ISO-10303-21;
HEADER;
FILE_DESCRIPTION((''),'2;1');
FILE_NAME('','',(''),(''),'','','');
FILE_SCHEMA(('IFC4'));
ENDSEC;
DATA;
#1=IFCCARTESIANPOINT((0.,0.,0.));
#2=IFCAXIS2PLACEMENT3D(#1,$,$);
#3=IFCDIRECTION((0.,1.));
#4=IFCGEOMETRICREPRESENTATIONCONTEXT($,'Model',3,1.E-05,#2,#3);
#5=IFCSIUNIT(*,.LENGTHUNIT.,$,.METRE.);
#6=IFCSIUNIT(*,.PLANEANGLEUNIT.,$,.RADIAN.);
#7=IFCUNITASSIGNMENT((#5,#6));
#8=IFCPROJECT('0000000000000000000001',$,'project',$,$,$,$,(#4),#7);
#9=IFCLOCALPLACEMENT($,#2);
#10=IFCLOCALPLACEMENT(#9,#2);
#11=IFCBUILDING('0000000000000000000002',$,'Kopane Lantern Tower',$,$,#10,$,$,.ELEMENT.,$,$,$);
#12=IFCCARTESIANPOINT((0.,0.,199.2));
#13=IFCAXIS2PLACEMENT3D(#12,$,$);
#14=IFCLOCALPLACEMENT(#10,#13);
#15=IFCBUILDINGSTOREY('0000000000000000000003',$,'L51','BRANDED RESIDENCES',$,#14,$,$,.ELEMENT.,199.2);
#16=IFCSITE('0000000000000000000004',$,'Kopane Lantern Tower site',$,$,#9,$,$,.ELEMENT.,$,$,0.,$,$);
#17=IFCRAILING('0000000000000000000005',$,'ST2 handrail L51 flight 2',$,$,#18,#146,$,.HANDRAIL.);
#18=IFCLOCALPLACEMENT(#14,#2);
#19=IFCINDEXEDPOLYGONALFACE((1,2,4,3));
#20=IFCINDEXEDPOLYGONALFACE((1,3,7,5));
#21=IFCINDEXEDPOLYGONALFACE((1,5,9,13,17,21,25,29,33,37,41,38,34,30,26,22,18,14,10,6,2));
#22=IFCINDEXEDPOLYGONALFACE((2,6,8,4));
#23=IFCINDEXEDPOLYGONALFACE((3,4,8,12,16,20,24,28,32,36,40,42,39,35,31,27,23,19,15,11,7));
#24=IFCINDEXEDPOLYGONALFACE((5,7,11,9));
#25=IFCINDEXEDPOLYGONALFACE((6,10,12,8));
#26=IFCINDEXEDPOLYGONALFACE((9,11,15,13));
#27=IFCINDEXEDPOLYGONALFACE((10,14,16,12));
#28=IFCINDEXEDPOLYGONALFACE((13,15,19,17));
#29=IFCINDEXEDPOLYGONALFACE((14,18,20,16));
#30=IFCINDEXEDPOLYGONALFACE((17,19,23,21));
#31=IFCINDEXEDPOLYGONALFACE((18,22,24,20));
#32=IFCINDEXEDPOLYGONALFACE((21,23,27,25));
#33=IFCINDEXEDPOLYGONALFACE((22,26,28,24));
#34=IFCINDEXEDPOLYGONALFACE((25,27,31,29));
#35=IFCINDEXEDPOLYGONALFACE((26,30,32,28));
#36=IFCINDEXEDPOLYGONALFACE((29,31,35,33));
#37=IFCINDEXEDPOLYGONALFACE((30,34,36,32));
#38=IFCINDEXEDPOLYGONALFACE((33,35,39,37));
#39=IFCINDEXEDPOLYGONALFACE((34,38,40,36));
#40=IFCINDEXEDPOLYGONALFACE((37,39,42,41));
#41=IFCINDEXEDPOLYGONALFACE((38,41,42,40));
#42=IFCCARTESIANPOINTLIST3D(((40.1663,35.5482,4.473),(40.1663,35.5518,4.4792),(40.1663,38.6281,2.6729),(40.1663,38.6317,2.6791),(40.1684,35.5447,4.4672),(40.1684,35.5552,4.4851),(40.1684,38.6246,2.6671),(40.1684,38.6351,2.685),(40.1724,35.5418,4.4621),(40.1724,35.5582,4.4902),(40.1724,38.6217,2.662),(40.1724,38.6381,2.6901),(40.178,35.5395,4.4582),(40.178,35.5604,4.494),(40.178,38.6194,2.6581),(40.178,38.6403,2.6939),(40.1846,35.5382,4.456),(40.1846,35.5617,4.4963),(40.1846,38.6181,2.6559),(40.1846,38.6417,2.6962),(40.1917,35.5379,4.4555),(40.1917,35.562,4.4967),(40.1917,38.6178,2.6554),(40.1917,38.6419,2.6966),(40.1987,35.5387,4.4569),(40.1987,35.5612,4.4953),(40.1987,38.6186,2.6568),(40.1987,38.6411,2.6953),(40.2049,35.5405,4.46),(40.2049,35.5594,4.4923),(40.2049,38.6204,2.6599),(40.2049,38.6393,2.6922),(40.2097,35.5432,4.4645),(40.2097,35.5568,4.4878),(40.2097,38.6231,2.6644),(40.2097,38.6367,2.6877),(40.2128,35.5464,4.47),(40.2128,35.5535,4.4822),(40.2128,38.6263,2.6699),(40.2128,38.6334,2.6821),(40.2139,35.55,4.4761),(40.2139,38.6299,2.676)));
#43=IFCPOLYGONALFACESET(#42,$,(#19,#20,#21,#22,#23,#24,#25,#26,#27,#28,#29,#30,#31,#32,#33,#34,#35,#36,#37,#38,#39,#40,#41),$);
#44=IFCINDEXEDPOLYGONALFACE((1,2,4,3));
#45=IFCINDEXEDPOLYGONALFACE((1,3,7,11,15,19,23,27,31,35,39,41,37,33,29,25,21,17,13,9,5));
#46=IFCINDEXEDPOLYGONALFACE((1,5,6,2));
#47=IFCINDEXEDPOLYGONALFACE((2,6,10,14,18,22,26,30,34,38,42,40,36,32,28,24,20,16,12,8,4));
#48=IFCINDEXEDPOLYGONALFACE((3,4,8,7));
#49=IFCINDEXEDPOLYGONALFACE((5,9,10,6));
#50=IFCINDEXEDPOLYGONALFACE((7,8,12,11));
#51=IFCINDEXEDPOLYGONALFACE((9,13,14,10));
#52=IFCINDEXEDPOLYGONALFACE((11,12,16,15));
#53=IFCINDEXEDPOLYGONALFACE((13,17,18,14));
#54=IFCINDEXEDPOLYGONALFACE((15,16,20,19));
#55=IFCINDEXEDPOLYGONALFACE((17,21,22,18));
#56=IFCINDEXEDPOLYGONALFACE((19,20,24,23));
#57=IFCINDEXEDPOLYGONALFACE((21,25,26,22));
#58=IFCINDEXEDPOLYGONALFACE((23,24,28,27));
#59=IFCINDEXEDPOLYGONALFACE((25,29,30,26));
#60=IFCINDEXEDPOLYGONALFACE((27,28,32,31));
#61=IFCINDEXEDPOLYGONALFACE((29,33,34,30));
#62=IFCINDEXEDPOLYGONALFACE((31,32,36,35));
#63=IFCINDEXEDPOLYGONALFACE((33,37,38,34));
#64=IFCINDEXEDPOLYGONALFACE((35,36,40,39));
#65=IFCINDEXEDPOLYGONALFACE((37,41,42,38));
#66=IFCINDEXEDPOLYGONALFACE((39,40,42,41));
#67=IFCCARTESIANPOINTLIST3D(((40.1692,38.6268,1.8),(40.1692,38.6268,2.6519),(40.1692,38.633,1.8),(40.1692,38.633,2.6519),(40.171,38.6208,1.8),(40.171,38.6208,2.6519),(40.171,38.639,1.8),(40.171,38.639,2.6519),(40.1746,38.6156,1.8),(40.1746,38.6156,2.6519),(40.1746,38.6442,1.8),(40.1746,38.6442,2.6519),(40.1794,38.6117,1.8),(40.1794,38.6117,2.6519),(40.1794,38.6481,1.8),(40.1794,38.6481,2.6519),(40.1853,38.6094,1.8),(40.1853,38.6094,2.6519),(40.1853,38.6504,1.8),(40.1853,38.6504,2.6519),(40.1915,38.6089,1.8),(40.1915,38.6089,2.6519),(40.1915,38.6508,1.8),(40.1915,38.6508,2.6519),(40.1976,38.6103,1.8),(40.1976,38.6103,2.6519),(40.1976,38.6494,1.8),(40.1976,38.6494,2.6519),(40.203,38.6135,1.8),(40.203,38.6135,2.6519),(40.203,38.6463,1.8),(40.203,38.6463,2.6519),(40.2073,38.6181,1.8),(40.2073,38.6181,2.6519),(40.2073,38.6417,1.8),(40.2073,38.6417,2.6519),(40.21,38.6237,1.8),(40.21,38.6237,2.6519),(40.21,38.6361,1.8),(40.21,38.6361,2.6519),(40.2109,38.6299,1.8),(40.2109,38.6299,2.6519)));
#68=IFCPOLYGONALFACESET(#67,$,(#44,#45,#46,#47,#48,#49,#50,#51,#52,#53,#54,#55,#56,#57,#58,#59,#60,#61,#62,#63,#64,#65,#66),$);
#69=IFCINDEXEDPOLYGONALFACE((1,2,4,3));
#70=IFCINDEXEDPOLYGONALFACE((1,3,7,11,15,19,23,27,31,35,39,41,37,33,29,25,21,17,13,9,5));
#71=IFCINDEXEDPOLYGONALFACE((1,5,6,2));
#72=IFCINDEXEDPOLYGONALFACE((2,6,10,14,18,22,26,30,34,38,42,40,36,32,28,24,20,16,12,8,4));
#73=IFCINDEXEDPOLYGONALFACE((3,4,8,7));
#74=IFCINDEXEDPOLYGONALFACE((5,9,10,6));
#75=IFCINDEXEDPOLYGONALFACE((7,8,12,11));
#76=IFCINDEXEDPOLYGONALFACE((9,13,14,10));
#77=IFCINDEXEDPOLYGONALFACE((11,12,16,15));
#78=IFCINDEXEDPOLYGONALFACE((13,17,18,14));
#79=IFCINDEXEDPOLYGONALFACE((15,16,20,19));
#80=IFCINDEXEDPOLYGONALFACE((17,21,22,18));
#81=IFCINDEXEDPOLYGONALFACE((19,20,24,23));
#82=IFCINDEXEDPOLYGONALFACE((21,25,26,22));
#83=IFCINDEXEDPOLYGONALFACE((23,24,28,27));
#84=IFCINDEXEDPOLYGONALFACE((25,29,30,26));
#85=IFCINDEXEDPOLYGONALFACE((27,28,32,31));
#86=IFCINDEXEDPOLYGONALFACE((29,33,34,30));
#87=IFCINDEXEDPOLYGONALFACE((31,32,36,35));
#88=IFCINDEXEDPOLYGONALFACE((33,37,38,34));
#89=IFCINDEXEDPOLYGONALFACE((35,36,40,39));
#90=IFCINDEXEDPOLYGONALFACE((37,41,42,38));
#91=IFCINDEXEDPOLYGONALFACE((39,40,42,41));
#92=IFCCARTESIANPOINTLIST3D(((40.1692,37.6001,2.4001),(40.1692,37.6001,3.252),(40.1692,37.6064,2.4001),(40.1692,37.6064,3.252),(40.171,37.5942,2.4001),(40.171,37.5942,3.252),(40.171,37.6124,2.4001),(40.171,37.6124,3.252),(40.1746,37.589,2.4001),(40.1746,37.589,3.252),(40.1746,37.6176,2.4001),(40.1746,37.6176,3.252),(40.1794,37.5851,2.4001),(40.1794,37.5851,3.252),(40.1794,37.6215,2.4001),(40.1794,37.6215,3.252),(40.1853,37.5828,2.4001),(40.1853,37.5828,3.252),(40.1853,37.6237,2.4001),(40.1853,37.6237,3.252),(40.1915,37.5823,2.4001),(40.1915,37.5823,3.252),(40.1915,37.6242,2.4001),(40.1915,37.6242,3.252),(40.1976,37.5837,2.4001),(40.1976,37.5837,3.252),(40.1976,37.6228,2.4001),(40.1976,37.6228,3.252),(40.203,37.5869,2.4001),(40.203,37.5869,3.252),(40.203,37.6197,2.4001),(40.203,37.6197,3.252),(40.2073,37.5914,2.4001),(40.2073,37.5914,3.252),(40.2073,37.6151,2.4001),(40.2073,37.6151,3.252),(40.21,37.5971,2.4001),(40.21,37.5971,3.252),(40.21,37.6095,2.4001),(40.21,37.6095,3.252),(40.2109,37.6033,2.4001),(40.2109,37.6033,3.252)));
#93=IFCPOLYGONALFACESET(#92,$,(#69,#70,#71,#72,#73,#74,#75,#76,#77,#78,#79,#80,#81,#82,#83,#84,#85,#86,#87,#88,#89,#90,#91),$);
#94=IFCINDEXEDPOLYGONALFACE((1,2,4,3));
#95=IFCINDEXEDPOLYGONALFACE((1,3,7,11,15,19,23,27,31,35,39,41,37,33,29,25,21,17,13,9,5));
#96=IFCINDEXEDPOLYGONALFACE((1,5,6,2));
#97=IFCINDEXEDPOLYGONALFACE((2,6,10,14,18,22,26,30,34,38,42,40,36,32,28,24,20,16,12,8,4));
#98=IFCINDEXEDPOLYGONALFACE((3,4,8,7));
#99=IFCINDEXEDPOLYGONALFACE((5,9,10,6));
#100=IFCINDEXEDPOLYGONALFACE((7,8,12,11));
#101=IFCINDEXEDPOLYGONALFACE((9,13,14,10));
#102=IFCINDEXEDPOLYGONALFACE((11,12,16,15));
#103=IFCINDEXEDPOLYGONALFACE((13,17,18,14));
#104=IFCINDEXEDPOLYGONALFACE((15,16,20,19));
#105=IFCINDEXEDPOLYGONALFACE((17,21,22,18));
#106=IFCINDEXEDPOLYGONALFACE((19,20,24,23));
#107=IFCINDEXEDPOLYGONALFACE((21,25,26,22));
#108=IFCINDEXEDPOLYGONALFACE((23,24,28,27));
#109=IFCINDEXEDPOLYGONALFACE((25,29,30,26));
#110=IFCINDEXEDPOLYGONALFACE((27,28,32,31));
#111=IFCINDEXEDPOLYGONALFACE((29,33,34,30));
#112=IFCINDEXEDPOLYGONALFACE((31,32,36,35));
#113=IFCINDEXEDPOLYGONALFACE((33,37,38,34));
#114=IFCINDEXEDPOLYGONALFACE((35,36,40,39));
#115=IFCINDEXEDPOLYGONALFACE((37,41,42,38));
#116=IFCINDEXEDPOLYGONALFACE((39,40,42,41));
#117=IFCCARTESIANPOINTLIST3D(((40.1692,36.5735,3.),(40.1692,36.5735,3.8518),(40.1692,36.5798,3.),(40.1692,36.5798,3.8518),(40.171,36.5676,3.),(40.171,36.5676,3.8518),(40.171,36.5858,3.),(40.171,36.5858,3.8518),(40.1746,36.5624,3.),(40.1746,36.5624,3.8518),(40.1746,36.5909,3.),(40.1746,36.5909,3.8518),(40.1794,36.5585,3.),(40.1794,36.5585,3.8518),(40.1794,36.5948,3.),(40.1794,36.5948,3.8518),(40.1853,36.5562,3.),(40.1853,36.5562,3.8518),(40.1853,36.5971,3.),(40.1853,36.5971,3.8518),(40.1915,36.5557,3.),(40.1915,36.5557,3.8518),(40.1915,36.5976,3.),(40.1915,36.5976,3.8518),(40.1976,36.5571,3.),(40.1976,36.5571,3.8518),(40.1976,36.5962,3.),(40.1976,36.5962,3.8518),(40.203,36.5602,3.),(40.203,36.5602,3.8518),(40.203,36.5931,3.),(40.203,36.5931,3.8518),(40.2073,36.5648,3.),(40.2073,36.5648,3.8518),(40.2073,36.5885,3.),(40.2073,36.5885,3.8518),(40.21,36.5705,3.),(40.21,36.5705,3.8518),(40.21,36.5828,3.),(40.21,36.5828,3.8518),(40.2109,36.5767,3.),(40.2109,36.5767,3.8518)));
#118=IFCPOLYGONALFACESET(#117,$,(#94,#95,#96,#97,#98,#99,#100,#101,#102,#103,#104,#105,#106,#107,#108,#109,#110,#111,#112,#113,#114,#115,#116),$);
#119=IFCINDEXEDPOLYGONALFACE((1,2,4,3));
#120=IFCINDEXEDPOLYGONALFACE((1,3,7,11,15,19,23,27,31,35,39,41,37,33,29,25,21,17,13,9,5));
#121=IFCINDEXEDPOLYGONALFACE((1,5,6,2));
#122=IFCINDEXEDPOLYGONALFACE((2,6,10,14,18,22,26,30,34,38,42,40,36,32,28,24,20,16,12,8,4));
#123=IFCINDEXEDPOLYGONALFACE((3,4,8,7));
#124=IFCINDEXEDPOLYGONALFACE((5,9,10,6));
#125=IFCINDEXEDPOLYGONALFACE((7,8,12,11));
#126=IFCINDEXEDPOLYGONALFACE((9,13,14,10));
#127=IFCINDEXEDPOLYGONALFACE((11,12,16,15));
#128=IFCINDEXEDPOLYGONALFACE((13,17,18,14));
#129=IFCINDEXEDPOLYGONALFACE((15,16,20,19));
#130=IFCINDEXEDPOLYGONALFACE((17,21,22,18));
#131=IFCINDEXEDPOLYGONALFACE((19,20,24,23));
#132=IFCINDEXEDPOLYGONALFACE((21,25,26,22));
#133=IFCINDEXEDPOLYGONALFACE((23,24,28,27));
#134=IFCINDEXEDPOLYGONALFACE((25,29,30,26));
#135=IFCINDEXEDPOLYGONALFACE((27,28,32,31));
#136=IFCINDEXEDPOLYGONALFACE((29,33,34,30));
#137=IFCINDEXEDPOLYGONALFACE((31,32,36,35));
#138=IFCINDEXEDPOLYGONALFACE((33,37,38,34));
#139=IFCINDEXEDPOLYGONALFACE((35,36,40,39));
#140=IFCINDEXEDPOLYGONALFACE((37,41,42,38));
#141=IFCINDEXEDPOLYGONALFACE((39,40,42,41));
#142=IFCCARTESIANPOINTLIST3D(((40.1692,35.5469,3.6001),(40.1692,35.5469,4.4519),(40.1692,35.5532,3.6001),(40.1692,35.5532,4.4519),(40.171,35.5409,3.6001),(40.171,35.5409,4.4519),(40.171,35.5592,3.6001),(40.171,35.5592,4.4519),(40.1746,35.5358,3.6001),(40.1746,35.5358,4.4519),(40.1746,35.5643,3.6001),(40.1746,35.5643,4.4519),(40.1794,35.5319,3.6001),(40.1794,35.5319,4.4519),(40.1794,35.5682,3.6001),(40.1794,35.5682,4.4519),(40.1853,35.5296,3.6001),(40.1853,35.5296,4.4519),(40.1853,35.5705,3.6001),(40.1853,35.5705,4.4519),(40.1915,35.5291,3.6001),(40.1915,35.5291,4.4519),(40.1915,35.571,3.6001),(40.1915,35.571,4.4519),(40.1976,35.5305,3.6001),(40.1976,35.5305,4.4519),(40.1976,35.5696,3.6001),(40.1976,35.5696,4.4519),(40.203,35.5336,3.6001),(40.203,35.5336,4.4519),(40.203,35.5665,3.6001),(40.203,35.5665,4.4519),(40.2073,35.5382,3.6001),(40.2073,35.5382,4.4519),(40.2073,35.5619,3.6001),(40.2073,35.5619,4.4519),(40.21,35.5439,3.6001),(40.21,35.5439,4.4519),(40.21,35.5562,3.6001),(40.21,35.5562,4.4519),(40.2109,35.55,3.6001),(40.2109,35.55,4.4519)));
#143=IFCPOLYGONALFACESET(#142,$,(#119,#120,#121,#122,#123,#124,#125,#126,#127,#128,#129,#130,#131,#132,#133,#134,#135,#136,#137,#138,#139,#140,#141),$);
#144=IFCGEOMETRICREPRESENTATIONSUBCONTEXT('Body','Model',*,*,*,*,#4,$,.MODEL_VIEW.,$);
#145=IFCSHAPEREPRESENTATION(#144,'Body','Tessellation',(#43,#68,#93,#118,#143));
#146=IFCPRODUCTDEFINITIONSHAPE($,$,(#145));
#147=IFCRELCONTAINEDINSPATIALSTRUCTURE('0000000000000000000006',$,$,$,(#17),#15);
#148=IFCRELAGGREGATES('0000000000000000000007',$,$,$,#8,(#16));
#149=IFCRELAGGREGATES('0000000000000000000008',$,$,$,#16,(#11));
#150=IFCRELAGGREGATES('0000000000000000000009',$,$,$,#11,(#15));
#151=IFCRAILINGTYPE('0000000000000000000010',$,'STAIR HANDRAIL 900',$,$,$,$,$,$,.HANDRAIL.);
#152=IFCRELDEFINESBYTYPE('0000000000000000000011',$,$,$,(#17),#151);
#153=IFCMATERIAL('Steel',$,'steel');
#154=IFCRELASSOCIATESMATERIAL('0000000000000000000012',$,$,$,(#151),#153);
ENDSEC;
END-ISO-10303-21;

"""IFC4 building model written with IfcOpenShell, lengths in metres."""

from ifc_helpers import new_model, si_unit, direction, frame, origin, origin_2d, place, context, subcontext, project, spatial, circle, extrude, material, type_object, element, save


model = new_model("IFC4")

# Units and contexts
model_context = context("Model", 3, precision=1e-05, world=origin(), true_north=direction((0.0, 1.0)))
body_context = subcontext(model_context, "Body", "Model", "MODEL_VIEW")
ifc_project = project(units=[si_unit("LENGTHUNIT", "METRE"), si_unit("PLANEANGLEUNIT", "RADIAN")], contexts=[model_context])

# Site, building, storey
site_placement = place(None, origin())
site = spatial("IfcSite", under=ifc_project, at=site_placement, Name="Kopane Lantern Tower site", CompositionType="ELEMENT", RefElevation=0.0)
building_placement = place(site_placement, origin())
building = spatial("IfcBuilding", under=site, at=building_placement, Name="Kopane Lantern Tower", CompositionType="ELEMENT")
storey_placement = place(building_placement, frame((0.0, 0.0, 199.2)))
storey = spatial("IfcBuildingStorey", under=building, at=storey_placement, Name="L51", Description="BRANDED RESIDENCES", CompositionType="ELEMENT", Elevation=199.2)

# Railing
ifc_material_1 = material(Name="Steel", Category="steel")
railing_type_1 = type_object("IfcRailingType", Name="STAIR HANDRAIL 900", PredefinedType="HANDRAIL", material=ifc_material_1)
for number, where, name in (
    (1, (40.1899, 38.6299, 1.8), "ST2 handrail L51 flight 2"),
):
    element("IfcRailing", number, at=place(storey_placement, frame(where)), inside=storey, type_object=railing_type_1, Name=name, PredefinedType="HANDRAIL", context=body_context, shape_type="SweptSolid", body=[
        extrude(circle(Radius=0.0239, at=origin_2d()), frame((0.0, 0.0, 0.876), z_axis=(0.0, -0.863354, 0.504598), x_axis=(1.0, 0.0, 0.0)), (0.0, 0.0, 1.0), 3.5674),
        extrude(circle(Radius=0.021, at=origin_2d()), origin(), (0.0, 0.0, 1.0), 0.8518),
        extrude(circle(Radius=0.021, at=origin_2d()), frame((0.0, -1.0266, 0.6001)), (0.0, 0.0, 1.0), 0.8518),
        extrude(circle(Radius=0.021, at=origin_2d()), frame((0.0, -2.0532, 1.2)), (0.0, 0.0, 1.0), 0.8518),
        extrude(circle(Radius=0.021, at=origin_2d()), frame((0.0, -3.0798, 1.8)), (0.0, 0.0, 1.0), 0.8518),
    ])

save(model, "model.ifc")
